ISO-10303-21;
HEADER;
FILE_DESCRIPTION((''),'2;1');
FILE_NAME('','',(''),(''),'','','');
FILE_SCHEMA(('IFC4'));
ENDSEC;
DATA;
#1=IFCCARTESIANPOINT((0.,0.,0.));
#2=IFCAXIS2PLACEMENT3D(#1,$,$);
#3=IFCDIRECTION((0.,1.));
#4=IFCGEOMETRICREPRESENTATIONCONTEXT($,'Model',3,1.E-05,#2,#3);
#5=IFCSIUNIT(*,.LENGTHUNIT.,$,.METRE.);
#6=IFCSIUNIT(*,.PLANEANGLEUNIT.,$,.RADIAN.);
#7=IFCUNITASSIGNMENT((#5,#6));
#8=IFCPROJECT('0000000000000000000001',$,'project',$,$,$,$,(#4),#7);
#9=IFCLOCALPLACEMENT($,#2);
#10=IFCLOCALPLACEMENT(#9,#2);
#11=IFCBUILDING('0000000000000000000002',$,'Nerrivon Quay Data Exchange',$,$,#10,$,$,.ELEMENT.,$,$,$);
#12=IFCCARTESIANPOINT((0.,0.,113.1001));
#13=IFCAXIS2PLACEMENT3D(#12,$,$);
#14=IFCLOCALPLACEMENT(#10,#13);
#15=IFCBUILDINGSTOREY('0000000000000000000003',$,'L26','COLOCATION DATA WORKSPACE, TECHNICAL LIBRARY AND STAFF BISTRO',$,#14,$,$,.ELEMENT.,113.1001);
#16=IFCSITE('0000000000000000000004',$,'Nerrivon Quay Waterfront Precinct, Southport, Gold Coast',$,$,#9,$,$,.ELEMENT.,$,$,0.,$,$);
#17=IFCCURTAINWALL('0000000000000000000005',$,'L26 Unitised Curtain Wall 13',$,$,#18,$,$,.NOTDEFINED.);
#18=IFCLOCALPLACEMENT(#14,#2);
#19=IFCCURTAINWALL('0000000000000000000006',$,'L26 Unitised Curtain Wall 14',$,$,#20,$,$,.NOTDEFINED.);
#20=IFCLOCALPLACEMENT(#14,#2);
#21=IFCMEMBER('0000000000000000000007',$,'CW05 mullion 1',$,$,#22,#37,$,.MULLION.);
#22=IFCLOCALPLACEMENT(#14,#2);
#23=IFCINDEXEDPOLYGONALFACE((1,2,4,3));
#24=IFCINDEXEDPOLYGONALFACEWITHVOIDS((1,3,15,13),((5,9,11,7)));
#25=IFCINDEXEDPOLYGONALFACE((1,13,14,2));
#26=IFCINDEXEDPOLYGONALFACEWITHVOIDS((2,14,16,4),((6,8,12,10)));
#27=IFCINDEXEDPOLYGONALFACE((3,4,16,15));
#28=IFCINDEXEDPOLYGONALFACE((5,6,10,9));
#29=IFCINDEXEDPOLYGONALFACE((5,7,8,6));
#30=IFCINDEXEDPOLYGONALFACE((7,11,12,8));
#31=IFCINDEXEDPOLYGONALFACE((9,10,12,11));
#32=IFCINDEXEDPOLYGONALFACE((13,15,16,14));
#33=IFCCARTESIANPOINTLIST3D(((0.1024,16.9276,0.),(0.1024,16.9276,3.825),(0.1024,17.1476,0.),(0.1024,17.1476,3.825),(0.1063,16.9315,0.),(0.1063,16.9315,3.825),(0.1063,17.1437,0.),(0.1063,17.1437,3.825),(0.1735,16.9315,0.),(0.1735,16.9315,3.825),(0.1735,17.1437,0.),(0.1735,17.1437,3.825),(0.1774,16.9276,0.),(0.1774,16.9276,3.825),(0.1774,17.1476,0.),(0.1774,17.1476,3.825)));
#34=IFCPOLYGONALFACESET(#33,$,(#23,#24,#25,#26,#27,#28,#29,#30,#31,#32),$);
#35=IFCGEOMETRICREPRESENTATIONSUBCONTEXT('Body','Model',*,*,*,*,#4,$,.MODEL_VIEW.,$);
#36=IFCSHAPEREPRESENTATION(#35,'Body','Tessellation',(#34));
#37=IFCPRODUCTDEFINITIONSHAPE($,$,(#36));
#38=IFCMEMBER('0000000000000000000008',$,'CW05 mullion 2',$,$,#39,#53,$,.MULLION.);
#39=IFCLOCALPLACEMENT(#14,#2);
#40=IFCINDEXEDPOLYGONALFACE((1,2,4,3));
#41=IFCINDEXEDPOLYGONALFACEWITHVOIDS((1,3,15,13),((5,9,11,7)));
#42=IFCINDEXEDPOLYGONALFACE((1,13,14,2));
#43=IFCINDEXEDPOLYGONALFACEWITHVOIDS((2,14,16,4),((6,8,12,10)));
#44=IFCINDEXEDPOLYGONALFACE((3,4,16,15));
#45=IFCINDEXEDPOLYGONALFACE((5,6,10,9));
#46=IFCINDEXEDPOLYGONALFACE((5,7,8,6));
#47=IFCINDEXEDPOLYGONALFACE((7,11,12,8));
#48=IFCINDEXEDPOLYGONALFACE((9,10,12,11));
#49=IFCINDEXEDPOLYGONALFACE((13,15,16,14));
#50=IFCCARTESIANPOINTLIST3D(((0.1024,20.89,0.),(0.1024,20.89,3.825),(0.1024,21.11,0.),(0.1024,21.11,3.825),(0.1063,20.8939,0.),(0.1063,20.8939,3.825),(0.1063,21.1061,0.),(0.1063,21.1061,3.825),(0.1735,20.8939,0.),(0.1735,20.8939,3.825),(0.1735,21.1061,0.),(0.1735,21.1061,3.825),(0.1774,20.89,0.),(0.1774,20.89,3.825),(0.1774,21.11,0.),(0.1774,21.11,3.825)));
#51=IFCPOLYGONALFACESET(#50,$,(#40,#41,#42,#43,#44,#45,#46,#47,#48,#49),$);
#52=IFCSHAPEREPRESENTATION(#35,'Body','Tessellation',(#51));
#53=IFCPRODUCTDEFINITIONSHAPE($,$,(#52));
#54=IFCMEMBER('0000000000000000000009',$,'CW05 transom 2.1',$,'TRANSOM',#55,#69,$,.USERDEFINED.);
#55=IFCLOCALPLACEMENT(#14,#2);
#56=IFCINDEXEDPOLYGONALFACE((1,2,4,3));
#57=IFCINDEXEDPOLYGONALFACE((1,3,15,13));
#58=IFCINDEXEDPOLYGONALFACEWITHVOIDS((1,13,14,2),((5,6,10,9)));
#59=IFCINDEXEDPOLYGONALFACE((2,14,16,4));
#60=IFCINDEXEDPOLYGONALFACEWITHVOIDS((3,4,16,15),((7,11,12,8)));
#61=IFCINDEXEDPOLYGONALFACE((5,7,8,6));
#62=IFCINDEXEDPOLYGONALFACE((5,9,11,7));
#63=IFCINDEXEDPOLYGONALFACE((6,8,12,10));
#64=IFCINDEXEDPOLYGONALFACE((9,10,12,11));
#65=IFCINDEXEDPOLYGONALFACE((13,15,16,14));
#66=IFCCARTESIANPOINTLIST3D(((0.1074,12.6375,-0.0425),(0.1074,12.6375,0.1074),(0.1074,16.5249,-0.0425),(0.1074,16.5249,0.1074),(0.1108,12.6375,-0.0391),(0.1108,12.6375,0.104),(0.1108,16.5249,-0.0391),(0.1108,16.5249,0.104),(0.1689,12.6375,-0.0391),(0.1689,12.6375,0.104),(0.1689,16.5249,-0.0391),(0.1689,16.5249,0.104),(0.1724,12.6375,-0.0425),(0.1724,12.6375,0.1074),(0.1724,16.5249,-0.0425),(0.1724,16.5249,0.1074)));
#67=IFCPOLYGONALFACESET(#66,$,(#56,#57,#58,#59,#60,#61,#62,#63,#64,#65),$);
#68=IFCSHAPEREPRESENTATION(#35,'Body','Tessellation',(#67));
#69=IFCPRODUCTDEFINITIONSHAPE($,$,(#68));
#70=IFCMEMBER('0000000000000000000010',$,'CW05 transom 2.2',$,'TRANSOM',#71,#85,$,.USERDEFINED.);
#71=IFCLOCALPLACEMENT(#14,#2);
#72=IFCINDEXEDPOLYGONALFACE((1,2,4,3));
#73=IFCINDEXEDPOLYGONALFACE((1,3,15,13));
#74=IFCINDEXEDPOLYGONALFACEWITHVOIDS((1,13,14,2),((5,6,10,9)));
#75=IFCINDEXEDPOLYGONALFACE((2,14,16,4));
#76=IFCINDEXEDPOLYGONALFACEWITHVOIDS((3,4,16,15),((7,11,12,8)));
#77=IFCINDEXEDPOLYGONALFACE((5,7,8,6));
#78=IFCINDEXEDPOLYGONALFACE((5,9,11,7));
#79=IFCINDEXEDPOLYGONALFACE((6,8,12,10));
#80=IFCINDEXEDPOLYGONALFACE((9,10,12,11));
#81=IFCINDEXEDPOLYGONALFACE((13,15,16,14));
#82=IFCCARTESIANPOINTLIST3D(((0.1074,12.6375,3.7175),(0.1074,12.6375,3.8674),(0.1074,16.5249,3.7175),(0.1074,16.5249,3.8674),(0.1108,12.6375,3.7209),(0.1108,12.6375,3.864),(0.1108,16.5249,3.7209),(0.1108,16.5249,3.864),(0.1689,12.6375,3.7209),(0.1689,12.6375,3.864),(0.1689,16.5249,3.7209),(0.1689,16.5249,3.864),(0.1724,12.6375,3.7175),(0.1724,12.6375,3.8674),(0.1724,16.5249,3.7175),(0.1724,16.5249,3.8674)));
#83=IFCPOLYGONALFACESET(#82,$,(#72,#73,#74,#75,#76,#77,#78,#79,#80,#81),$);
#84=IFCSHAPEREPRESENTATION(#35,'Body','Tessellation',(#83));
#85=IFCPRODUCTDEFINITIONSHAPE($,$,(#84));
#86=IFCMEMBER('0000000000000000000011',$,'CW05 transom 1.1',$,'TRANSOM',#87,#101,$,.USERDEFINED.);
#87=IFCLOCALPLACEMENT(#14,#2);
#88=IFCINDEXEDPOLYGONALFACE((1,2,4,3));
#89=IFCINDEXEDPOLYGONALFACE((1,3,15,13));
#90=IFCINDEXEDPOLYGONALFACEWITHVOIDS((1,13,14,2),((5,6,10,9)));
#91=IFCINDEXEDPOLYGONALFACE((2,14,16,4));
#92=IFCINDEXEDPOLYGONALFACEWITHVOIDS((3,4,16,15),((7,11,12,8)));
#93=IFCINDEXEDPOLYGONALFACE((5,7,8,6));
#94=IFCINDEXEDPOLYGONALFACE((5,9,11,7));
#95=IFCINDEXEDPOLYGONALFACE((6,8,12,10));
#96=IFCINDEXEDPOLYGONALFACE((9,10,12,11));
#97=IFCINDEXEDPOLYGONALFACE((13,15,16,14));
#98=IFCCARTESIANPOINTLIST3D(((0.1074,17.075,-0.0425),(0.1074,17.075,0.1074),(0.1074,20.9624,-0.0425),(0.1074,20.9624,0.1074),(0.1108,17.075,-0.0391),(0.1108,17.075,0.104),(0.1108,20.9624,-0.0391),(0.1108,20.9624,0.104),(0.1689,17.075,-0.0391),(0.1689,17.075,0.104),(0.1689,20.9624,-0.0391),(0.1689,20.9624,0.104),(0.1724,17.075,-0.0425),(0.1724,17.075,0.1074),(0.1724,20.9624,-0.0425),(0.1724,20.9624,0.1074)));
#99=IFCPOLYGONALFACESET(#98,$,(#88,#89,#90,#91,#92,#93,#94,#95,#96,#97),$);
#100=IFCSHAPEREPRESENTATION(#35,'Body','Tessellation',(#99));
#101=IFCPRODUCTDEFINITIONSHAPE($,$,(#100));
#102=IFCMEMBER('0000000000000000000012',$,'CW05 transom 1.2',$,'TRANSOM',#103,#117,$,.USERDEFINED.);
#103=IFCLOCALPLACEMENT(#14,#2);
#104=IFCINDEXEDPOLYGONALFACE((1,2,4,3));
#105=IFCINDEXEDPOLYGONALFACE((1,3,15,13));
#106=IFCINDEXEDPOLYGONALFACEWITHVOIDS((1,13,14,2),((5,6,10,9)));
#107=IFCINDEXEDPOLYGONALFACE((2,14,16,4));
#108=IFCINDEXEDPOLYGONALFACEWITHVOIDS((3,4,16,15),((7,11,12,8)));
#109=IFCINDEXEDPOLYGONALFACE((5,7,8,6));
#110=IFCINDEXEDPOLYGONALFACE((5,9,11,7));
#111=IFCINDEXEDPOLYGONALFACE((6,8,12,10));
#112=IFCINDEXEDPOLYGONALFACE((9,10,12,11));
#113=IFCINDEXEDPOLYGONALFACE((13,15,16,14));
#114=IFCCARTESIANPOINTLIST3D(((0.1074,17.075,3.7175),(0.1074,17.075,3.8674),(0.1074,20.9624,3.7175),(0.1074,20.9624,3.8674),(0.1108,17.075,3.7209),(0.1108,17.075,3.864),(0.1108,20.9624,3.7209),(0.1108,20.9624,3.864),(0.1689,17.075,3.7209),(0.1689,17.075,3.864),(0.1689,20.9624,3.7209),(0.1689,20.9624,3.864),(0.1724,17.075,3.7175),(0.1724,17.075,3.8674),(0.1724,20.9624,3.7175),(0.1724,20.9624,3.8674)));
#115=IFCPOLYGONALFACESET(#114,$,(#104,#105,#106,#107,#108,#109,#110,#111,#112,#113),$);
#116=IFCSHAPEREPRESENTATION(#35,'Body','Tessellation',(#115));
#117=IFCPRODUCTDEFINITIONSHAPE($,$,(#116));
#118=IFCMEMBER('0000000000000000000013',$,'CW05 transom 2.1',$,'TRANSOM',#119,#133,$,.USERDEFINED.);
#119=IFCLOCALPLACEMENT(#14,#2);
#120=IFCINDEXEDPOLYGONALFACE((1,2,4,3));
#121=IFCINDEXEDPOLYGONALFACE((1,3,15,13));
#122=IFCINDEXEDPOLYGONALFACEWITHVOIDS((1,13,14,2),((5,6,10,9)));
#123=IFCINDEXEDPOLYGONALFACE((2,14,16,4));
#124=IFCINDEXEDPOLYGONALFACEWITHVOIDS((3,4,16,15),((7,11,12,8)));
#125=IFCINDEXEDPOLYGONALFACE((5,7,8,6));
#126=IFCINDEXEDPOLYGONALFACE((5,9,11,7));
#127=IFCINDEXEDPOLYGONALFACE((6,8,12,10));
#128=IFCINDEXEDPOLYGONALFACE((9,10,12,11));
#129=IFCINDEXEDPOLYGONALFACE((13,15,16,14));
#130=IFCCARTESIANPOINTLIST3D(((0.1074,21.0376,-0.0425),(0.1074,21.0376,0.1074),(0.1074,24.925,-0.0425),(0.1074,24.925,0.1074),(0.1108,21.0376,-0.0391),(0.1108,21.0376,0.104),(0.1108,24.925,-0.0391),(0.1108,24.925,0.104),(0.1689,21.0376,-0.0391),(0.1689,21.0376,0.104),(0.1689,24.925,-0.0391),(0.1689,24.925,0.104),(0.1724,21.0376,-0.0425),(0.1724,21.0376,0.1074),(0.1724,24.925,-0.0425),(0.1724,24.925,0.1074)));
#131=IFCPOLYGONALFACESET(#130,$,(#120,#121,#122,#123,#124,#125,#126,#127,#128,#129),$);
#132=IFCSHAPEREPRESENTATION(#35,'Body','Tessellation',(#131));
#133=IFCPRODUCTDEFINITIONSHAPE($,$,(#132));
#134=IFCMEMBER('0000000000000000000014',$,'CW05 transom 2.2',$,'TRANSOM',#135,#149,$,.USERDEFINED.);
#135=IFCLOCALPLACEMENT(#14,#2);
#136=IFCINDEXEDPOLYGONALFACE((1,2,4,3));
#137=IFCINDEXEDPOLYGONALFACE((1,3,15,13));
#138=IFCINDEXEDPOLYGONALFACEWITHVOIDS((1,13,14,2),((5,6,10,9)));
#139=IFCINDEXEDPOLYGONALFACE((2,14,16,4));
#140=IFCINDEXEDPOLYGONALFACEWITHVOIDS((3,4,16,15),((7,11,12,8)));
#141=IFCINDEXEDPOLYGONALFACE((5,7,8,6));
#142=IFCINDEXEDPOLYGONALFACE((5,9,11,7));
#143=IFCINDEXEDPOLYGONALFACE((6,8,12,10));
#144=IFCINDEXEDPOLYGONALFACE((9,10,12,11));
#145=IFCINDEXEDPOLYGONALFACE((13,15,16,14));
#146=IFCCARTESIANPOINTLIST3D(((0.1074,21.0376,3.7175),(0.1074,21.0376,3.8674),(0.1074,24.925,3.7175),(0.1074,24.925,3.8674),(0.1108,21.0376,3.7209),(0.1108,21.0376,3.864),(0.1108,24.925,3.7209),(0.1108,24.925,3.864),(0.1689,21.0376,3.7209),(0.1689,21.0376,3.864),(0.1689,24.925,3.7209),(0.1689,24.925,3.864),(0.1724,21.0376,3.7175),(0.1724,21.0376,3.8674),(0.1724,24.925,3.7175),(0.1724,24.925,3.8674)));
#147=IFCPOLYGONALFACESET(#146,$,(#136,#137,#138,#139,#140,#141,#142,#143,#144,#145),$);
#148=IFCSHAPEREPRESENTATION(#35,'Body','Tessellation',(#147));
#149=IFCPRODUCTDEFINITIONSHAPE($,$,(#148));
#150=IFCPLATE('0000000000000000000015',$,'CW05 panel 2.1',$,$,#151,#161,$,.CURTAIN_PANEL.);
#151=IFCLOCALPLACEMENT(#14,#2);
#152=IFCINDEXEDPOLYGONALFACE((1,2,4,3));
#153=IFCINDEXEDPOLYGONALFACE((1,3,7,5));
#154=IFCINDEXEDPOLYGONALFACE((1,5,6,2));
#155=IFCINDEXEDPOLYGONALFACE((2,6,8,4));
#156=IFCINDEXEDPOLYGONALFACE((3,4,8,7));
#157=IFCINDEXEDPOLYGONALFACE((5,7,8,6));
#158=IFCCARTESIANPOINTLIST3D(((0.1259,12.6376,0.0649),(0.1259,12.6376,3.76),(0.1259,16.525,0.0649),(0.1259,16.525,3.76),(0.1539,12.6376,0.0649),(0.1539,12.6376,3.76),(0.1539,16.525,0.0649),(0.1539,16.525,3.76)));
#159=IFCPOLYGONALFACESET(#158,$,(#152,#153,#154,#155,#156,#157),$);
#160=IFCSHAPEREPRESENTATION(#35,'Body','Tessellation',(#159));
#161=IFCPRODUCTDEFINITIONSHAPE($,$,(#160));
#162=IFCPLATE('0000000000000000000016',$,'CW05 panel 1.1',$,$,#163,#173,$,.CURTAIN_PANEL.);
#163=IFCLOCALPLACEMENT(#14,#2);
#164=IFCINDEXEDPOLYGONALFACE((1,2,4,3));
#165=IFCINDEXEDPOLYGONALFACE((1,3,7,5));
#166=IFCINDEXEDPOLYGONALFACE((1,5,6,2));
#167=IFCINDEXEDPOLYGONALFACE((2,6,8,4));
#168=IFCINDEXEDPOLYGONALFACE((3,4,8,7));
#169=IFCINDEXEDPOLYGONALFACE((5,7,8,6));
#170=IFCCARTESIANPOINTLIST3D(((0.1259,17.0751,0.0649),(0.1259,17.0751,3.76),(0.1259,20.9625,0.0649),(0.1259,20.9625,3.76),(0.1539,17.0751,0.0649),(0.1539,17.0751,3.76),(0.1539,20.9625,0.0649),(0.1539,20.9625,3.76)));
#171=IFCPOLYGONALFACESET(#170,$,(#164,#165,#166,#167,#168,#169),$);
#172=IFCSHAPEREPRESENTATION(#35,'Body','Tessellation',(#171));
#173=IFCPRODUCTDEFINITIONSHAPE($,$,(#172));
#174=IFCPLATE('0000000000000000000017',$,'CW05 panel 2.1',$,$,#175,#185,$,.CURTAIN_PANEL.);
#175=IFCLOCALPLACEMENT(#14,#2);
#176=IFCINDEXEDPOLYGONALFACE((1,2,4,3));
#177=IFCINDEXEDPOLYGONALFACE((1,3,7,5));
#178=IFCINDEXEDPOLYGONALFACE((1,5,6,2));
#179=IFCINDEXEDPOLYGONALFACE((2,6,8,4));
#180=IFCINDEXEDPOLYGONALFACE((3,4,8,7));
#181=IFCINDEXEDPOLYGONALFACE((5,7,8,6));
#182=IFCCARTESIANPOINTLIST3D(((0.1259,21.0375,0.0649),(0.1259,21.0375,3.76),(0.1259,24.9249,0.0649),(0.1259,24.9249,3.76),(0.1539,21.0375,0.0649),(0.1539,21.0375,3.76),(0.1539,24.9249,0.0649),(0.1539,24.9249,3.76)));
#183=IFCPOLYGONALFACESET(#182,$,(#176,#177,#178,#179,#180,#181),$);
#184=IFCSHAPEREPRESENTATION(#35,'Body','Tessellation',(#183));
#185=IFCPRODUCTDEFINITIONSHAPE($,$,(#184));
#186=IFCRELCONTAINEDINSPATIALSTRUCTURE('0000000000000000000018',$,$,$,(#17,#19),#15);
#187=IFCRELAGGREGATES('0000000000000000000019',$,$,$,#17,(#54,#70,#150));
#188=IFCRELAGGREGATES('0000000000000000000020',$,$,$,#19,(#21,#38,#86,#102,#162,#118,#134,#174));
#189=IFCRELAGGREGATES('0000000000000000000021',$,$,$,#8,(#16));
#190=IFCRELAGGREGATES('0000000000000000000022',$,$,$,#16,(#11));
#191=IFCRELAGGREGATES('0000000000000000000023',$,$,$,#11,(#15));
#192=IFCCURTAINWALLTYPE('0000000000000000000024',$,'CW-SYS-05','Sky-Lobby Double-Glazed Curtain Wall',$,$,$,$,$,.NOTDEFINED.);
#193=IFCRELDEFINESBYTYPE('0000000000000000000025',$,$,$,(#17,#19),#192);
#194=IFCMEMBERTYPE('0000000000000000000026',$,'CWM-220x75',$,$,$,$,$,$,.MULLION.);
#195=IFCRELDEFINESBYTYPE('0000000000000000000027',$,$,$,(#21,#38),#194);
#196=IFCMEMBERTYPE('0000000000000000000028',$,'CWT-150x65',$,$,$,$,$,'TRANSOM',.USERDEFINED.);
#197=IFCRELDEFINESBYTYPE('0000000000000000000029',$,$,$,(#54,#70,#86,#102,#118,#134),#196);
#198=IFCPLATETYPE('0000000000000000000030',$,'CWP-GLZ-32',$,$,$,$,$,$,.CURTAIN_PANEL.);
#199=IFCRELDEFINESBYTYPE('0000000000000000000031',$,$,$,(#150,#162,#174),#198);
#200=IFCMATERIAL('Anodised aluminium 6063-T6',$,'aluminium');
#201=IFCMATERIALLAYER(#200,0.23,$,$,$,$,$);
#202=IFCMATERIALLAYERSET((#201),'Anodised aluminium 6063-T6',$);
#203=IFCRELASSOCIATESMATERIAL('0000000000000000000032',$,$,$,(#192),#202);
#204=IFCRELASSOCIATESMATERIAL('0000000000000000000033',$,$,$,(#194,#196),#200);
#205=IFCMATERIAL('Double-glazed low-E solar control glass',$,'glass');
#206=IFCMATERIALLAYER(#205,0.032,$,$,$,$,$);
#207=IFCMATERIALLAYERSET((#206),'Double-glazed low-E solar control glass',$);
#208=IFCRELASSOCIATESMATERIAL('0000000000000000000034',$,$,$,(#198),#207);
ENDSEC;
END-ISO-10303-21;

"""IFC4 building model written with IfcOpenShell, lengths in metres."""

from ifc_helpers import new_model, si_unit, direction, frame, origin, origin_2d, place, context, subcontext, project, spatial, rectangle, hollow_rectangle, extrude, material, layer, layer_set, material_profile, profile_set, type_object, element, aggregate, save


model = new_model("IFC4")

# Units and contexts
model_context = context("Model", 3, precision=1e-05, world=origin(), true_north=direction((0.0, 1.0)))
body_context = subcontext(model_context, "Body", "Model", "MODEL_VIEW")
ifc_project = project(units=[si_unit("LENGTHUNIT", "METRE"), si_unit("PLANEANGLEUNIT", "RADIAN")], contexts=[model_context])

# Site, building, storey
site_placement = place(None, origin())
site = spatial("IfcSite", under=ifc_project, at=site_placement, Name="Nerrivon Quay Waterfront Precinct, Southport, Gold Coast", CompositionType="ELEMENT", RefElevation=0.0)
building_placement = place(site_placement, origin())
building = spatial("IfcBuilding", under=site, at=building_placement, Name="Nerrivon Quay Data Exchange", CompositionType="ELEMENT")
storey_placement = place(building_placement, frame((0.0, 0.0, 113.1001)))
storey = spatial("IfcBuildingStorey", under=building, at=storey_placement, Name="L26", Description="COLOCATION DATA WORKSPACE, TECHNICAL LIBRARY AND STAFF BISTRO", CompositionType="ELEMENT", Elevation=113.1001)

# Curtain walls, members
ifc_material_1 = material(Name="Anodised aluminium 6063-T6", Category="aluminium")
ifc_layer_1 = layer(ifc_material_1, 0.23)
ifc_layer_set_1 = layer_set([ifc_layer_1], Name="Anodised aluminium 6063-T6")
curtain_wall_type = type_object("IfcCurtainWallType", Name="CW-SYS-05", Description="Sky-Lobby Double-Glazed Curtain Wall", PredefinedType="NOTDEFINED", material=ifc_layer_set_1)
curtain_wall_1_placement = place(storey_placement, origin())
curtain_wall_1 = element("IfcCurtainWall", 1, at=curtain_wall_1_placement, inside=storey, type_object=curtain_wall_type, Name="L26 Unitised Curtain Wall 13", PredefinedType="NOTDEFINED")
ifc_material_profile_1 = material_profile(ifc_material_1, hollow_rectangle(XDim=0.075, YDim=0.22, WallThickness=0.0039, at=origin_2d()), Name="ALU-MULL-220x75")
ifc_profile_set_1 = profile_set([ifc_material_profile_1], Name="Anodised aluminium 6063-T6")
member_type_1 = type_object("IfcMemberType", Name="CWM-220x75", PredefinedType="MULLION", material=ifc_profile_set_1)
curtain_wall_2_placement = place(storey_placement, origin())
curtain_wall_2 = element("IfcCurtainWall", 2, at=curtain_wall_2_placement, inside=storey, type_object=curtain_wall_type, Name="L26 Unitised Curtain Wall 14", PredefinedType="NOTDEFINED")
member_1_placement = place(storey_placement, frame((0.1399, 17.0376, 0.0), z_axis=(0.0, 0.0, 1.0), x_axis=(-1.0, 0.0, 0.0)))
member_1 = element("IfcMember", 3, at=member_1_placement, type_object=member_type_1, Name="CW05 mullion 1", PredefinedType="MULLION", context=body_context, shape_type="SweptSolid", body=[
    extrude(hollow_rectangle(XDim=0.075, YDim=0.22, WallThickness=0.0039, at=origin_2d()), origin(), (0.0, 0.0, 1.0), 3.825),
])
member_2_placement = place(storey_placement, frame((0.1399, 21.0, 0.0), z_axis=(0.0, 0.0, 1.0), x_axis=(-1.0, 0.0, 0.0)))
member_2 = element("IfcMember", 4, at=member_2_placement, type_object=member_type_1, Name="CW05 mullion 2", PredefinedType="MULLION", context=body_context, shape_type="SweptSolid", body=[
    extrude(hollow_rectangle(XDim=0.075, YDim=0.22, WallThickness=0.0039, at=origin_2d()), origin(), (0.0, 0.0, 1.0), 3.825),
])

# Members
ifc_material_profile_2 = material_profile(ifc_material_1, hollow_rectangle(XDim=0.0649, YDim=0.1499, WallThickness=0.0034, at=origin_2d()), Name="ALU-TRAN-150x65")
ifc_profile_set_2 = profile_set([ifc_material_profile_2], Name="Anodised aluminium 6063-T6")
member_type_2 = type_object("IfcMemberType", Name="CWT-150x65", ElementType="TRANSOM", PredefinedType="USERDEFINED", material=ifc_profile_set_2)
member_3_placement = place(storey_placement, frame((0.1399, 12.6375, 0.0325), z_axis=(0.0, 1.0, 0.0), x_axis=(-1.0, 0.0, 0.0)))
member_3 = element("IfcMember", 5, at=member_3_placement, type_object=member_type_2, Name="CW05 transom 2.1", ObjectType="TRANSOM", PredefinedType="USERDEFINED", context=body_context, shape_type="SweptSolid", body=[
    extrude(hollow_rectangle(XDim=0.0649, YDim=0.1499, WallThickness=0.0034, at=origin_2d()), origin(), (0.0, 0.0, 1.0), 3.8875),
])
member_4_placement = place(storey_placement, frame((0.1399, 12.6375, 3.7925), z_axis=(0.0, 1.0, 0.0), x_axis=(-1.0, 0.0, 0.0)))
member_4 = element("IfcMember", 6, at=member_4_placement, type_object=member_type_2, Name="CW05 transom 2.2", ObjectType="TRANSOM", PredefinedType="USERDEFINED", context=body_context, shape_type="SweptSolid", body=[
    extrude(hollow_rectangle(XDim=0.0649, YDim=0.1499, WallThickness=0.0034, at=origin_2d()), origin(), (0.0, 0.0, 1.0), 3.8875),
])
member_5_placement = place(storey_placement, frame((0.1399, 17.075, 0.0325), z_axis=(0.0, 1.0, 0.0), x_axis=(-1.0, 0.0, 0.0)))
member_5 = element("IfcMember", 7, at=member_5_placement, type_object=member_type_2, Name="CW05 transom 1.1", ObjectType="TRANSOM", PredefinedType="USERDEFINED", context=body_context, shape_type="SweptSolid", body=[
    extrude(hollow_rectangle(XDim=0.0649, YDim=0.1499, WallThickness=0.0034, at=origin_2d()), origin(), (0.0, 0.0, 1.0), 3.8875),
])
member_6_placement = place(storey_placement, frame((0.1399, 17.075, 3.7925), z_axis=(0.0, 1.0, 0.0), x_axis=(-1.0, 0.0, 0.0)))
member_6 = element("IfcMember", 8, at=member_6_placement, type_object=member_type_2, Name="CW05 transom 1.2", ObjectType="TRANSOM", PredefinedType="USERDEFINED", context=body_context, shape_type="SweptSolid", body=[
    extrude(hollow_rectangle(XDim=0.0649, YDim=0.1499, WallThickness=0.0034, at=origin_2d()), origin(), (0.0, 0.0, 1.0), 3.8875),
])
member_7_placement = place(storey_placement, frame((0.1399, 21.0376, 0.0325), z_axis=(0.0, 1.0, 0.0), x_axis=(-1.0, 0.0, 0.0)))
member_7 = element("IfcMember", 9, at=member_7_placement, type_object=member_type_2, Name="CW05 transom 2.1", ObjectType="TRANSOM", PredefinedType="USERDEFINED", context=body_context, shape_type="SweptSolid", body=[
    extrude(hollow_rectangle(XDim=0.0649, YDim=0.1499, WallThickness=0.0034, at=origin_2d()), origin(), (0.0, 0.0, 1.0), 3.8875),
])
member_8_placement = place(storey_placement, frame((0.1399, 21.0376, 3.7925), z_axis=(0.0, 1.0, 0.0), x_axis=(-1.0, 0.0, 0.0)))
member_8 = element("IfcMember", 10, at=member_8_placement, type_object=member_type_2, Name="CW05 transom 2.2", ObjectType="TRANSOM", PredefinedType="USERDEFINED", context=body_context, shape_type="SweptSolid", body=[
    extrude(hollow_rectangle(XDim=0.0649, YDim=0.1499, WallThickness=0.0034, at=origin_2d()), origin(), (0.0, 0.0, 1.0), 3.8875),
])

# Plates
ifc_material_2 = material(Name="Double-glazed low-E solar control glass", Category="glass")
ifc_layer_2 = layer(ifc_material_2, 0.032)
ifc_layer_set_2 = layer_set([ifc_layer_2], Name="Double-glazed low-E solar control glass")
plate_type = type_object("IfcPlateType", Name="CWP-GLZ-32", PredefinedType="CURTAIN_PANEL", material=ifc_layer_set_2)
plate_1_placement = place(storey_placement, frame((0.1399, 14.5813, 0.0649), z_axis=(0.0, 0.0, 1.0), x_axis=(0.0, 1.0, 0.0)))
plate_1 = element("IfcPlate", 11, at=plate_1_placement, type_object=plate_type, Name="CW05 panel 2.1", PredefinedType="CURTAIN_PANEL", context=body_context, shape_type="SweptSolid", body=[
    extrude(rectangle(XDim=3.8875, YDim=0.0281, at=origin_2d()), origin(), (0.0, 0.0, 1.0), 3.6951),
])
aggregate(curtain_wall_1, [member_3, member_4, plate_1])
plate_2_placement = place(storey_placement, frame((0.1399, 19.0188, 0.0649), z_axis=(0.0, 0.0, 1.0), x_axis=(0.0, 1.0, 0.0)))
plate_2 = element("IfcPlate", 12, at=plate_2_placement, type_object=plate_type, Name="CW05 panel 1.1", PredefinedType="CURTAIN_PANEL", context=body_context, shape_type="SweptSolid", body=[
    extrude(rectangle(XDim=3.8875, YDim=0.0281, at=origin_2d()), origin(), (0.0, 0.0, 1.0), 3.6951),
])
plate_3_placement = place(storey_placement, frame((0.1399, 22.9812, 0.0649), z_axis=(0.0, 0.0, 1.0), x_axis=(0.0, 1.0, 0.0)))
plate_3 = element("IfcPlate", 13, at=plate_3_placement, type_object=plate_type, Name="CW05 panel 2.1", PredefinedType="CURTAIN_PANEL", context=body_context, shape_type="SweptSolid", body=[
    extrude(rectangle(XDim=3.8875, YDim=0.0281, at=origin_2d()), origin(), (0.0, 0.0, 1.0), 3.6951),
])
aggregate(curtain_wall_2, [member_1, member_2, member_5, member_6, plate_2, member_7, member_8, plate_3])

save(model, "model.ifc")
